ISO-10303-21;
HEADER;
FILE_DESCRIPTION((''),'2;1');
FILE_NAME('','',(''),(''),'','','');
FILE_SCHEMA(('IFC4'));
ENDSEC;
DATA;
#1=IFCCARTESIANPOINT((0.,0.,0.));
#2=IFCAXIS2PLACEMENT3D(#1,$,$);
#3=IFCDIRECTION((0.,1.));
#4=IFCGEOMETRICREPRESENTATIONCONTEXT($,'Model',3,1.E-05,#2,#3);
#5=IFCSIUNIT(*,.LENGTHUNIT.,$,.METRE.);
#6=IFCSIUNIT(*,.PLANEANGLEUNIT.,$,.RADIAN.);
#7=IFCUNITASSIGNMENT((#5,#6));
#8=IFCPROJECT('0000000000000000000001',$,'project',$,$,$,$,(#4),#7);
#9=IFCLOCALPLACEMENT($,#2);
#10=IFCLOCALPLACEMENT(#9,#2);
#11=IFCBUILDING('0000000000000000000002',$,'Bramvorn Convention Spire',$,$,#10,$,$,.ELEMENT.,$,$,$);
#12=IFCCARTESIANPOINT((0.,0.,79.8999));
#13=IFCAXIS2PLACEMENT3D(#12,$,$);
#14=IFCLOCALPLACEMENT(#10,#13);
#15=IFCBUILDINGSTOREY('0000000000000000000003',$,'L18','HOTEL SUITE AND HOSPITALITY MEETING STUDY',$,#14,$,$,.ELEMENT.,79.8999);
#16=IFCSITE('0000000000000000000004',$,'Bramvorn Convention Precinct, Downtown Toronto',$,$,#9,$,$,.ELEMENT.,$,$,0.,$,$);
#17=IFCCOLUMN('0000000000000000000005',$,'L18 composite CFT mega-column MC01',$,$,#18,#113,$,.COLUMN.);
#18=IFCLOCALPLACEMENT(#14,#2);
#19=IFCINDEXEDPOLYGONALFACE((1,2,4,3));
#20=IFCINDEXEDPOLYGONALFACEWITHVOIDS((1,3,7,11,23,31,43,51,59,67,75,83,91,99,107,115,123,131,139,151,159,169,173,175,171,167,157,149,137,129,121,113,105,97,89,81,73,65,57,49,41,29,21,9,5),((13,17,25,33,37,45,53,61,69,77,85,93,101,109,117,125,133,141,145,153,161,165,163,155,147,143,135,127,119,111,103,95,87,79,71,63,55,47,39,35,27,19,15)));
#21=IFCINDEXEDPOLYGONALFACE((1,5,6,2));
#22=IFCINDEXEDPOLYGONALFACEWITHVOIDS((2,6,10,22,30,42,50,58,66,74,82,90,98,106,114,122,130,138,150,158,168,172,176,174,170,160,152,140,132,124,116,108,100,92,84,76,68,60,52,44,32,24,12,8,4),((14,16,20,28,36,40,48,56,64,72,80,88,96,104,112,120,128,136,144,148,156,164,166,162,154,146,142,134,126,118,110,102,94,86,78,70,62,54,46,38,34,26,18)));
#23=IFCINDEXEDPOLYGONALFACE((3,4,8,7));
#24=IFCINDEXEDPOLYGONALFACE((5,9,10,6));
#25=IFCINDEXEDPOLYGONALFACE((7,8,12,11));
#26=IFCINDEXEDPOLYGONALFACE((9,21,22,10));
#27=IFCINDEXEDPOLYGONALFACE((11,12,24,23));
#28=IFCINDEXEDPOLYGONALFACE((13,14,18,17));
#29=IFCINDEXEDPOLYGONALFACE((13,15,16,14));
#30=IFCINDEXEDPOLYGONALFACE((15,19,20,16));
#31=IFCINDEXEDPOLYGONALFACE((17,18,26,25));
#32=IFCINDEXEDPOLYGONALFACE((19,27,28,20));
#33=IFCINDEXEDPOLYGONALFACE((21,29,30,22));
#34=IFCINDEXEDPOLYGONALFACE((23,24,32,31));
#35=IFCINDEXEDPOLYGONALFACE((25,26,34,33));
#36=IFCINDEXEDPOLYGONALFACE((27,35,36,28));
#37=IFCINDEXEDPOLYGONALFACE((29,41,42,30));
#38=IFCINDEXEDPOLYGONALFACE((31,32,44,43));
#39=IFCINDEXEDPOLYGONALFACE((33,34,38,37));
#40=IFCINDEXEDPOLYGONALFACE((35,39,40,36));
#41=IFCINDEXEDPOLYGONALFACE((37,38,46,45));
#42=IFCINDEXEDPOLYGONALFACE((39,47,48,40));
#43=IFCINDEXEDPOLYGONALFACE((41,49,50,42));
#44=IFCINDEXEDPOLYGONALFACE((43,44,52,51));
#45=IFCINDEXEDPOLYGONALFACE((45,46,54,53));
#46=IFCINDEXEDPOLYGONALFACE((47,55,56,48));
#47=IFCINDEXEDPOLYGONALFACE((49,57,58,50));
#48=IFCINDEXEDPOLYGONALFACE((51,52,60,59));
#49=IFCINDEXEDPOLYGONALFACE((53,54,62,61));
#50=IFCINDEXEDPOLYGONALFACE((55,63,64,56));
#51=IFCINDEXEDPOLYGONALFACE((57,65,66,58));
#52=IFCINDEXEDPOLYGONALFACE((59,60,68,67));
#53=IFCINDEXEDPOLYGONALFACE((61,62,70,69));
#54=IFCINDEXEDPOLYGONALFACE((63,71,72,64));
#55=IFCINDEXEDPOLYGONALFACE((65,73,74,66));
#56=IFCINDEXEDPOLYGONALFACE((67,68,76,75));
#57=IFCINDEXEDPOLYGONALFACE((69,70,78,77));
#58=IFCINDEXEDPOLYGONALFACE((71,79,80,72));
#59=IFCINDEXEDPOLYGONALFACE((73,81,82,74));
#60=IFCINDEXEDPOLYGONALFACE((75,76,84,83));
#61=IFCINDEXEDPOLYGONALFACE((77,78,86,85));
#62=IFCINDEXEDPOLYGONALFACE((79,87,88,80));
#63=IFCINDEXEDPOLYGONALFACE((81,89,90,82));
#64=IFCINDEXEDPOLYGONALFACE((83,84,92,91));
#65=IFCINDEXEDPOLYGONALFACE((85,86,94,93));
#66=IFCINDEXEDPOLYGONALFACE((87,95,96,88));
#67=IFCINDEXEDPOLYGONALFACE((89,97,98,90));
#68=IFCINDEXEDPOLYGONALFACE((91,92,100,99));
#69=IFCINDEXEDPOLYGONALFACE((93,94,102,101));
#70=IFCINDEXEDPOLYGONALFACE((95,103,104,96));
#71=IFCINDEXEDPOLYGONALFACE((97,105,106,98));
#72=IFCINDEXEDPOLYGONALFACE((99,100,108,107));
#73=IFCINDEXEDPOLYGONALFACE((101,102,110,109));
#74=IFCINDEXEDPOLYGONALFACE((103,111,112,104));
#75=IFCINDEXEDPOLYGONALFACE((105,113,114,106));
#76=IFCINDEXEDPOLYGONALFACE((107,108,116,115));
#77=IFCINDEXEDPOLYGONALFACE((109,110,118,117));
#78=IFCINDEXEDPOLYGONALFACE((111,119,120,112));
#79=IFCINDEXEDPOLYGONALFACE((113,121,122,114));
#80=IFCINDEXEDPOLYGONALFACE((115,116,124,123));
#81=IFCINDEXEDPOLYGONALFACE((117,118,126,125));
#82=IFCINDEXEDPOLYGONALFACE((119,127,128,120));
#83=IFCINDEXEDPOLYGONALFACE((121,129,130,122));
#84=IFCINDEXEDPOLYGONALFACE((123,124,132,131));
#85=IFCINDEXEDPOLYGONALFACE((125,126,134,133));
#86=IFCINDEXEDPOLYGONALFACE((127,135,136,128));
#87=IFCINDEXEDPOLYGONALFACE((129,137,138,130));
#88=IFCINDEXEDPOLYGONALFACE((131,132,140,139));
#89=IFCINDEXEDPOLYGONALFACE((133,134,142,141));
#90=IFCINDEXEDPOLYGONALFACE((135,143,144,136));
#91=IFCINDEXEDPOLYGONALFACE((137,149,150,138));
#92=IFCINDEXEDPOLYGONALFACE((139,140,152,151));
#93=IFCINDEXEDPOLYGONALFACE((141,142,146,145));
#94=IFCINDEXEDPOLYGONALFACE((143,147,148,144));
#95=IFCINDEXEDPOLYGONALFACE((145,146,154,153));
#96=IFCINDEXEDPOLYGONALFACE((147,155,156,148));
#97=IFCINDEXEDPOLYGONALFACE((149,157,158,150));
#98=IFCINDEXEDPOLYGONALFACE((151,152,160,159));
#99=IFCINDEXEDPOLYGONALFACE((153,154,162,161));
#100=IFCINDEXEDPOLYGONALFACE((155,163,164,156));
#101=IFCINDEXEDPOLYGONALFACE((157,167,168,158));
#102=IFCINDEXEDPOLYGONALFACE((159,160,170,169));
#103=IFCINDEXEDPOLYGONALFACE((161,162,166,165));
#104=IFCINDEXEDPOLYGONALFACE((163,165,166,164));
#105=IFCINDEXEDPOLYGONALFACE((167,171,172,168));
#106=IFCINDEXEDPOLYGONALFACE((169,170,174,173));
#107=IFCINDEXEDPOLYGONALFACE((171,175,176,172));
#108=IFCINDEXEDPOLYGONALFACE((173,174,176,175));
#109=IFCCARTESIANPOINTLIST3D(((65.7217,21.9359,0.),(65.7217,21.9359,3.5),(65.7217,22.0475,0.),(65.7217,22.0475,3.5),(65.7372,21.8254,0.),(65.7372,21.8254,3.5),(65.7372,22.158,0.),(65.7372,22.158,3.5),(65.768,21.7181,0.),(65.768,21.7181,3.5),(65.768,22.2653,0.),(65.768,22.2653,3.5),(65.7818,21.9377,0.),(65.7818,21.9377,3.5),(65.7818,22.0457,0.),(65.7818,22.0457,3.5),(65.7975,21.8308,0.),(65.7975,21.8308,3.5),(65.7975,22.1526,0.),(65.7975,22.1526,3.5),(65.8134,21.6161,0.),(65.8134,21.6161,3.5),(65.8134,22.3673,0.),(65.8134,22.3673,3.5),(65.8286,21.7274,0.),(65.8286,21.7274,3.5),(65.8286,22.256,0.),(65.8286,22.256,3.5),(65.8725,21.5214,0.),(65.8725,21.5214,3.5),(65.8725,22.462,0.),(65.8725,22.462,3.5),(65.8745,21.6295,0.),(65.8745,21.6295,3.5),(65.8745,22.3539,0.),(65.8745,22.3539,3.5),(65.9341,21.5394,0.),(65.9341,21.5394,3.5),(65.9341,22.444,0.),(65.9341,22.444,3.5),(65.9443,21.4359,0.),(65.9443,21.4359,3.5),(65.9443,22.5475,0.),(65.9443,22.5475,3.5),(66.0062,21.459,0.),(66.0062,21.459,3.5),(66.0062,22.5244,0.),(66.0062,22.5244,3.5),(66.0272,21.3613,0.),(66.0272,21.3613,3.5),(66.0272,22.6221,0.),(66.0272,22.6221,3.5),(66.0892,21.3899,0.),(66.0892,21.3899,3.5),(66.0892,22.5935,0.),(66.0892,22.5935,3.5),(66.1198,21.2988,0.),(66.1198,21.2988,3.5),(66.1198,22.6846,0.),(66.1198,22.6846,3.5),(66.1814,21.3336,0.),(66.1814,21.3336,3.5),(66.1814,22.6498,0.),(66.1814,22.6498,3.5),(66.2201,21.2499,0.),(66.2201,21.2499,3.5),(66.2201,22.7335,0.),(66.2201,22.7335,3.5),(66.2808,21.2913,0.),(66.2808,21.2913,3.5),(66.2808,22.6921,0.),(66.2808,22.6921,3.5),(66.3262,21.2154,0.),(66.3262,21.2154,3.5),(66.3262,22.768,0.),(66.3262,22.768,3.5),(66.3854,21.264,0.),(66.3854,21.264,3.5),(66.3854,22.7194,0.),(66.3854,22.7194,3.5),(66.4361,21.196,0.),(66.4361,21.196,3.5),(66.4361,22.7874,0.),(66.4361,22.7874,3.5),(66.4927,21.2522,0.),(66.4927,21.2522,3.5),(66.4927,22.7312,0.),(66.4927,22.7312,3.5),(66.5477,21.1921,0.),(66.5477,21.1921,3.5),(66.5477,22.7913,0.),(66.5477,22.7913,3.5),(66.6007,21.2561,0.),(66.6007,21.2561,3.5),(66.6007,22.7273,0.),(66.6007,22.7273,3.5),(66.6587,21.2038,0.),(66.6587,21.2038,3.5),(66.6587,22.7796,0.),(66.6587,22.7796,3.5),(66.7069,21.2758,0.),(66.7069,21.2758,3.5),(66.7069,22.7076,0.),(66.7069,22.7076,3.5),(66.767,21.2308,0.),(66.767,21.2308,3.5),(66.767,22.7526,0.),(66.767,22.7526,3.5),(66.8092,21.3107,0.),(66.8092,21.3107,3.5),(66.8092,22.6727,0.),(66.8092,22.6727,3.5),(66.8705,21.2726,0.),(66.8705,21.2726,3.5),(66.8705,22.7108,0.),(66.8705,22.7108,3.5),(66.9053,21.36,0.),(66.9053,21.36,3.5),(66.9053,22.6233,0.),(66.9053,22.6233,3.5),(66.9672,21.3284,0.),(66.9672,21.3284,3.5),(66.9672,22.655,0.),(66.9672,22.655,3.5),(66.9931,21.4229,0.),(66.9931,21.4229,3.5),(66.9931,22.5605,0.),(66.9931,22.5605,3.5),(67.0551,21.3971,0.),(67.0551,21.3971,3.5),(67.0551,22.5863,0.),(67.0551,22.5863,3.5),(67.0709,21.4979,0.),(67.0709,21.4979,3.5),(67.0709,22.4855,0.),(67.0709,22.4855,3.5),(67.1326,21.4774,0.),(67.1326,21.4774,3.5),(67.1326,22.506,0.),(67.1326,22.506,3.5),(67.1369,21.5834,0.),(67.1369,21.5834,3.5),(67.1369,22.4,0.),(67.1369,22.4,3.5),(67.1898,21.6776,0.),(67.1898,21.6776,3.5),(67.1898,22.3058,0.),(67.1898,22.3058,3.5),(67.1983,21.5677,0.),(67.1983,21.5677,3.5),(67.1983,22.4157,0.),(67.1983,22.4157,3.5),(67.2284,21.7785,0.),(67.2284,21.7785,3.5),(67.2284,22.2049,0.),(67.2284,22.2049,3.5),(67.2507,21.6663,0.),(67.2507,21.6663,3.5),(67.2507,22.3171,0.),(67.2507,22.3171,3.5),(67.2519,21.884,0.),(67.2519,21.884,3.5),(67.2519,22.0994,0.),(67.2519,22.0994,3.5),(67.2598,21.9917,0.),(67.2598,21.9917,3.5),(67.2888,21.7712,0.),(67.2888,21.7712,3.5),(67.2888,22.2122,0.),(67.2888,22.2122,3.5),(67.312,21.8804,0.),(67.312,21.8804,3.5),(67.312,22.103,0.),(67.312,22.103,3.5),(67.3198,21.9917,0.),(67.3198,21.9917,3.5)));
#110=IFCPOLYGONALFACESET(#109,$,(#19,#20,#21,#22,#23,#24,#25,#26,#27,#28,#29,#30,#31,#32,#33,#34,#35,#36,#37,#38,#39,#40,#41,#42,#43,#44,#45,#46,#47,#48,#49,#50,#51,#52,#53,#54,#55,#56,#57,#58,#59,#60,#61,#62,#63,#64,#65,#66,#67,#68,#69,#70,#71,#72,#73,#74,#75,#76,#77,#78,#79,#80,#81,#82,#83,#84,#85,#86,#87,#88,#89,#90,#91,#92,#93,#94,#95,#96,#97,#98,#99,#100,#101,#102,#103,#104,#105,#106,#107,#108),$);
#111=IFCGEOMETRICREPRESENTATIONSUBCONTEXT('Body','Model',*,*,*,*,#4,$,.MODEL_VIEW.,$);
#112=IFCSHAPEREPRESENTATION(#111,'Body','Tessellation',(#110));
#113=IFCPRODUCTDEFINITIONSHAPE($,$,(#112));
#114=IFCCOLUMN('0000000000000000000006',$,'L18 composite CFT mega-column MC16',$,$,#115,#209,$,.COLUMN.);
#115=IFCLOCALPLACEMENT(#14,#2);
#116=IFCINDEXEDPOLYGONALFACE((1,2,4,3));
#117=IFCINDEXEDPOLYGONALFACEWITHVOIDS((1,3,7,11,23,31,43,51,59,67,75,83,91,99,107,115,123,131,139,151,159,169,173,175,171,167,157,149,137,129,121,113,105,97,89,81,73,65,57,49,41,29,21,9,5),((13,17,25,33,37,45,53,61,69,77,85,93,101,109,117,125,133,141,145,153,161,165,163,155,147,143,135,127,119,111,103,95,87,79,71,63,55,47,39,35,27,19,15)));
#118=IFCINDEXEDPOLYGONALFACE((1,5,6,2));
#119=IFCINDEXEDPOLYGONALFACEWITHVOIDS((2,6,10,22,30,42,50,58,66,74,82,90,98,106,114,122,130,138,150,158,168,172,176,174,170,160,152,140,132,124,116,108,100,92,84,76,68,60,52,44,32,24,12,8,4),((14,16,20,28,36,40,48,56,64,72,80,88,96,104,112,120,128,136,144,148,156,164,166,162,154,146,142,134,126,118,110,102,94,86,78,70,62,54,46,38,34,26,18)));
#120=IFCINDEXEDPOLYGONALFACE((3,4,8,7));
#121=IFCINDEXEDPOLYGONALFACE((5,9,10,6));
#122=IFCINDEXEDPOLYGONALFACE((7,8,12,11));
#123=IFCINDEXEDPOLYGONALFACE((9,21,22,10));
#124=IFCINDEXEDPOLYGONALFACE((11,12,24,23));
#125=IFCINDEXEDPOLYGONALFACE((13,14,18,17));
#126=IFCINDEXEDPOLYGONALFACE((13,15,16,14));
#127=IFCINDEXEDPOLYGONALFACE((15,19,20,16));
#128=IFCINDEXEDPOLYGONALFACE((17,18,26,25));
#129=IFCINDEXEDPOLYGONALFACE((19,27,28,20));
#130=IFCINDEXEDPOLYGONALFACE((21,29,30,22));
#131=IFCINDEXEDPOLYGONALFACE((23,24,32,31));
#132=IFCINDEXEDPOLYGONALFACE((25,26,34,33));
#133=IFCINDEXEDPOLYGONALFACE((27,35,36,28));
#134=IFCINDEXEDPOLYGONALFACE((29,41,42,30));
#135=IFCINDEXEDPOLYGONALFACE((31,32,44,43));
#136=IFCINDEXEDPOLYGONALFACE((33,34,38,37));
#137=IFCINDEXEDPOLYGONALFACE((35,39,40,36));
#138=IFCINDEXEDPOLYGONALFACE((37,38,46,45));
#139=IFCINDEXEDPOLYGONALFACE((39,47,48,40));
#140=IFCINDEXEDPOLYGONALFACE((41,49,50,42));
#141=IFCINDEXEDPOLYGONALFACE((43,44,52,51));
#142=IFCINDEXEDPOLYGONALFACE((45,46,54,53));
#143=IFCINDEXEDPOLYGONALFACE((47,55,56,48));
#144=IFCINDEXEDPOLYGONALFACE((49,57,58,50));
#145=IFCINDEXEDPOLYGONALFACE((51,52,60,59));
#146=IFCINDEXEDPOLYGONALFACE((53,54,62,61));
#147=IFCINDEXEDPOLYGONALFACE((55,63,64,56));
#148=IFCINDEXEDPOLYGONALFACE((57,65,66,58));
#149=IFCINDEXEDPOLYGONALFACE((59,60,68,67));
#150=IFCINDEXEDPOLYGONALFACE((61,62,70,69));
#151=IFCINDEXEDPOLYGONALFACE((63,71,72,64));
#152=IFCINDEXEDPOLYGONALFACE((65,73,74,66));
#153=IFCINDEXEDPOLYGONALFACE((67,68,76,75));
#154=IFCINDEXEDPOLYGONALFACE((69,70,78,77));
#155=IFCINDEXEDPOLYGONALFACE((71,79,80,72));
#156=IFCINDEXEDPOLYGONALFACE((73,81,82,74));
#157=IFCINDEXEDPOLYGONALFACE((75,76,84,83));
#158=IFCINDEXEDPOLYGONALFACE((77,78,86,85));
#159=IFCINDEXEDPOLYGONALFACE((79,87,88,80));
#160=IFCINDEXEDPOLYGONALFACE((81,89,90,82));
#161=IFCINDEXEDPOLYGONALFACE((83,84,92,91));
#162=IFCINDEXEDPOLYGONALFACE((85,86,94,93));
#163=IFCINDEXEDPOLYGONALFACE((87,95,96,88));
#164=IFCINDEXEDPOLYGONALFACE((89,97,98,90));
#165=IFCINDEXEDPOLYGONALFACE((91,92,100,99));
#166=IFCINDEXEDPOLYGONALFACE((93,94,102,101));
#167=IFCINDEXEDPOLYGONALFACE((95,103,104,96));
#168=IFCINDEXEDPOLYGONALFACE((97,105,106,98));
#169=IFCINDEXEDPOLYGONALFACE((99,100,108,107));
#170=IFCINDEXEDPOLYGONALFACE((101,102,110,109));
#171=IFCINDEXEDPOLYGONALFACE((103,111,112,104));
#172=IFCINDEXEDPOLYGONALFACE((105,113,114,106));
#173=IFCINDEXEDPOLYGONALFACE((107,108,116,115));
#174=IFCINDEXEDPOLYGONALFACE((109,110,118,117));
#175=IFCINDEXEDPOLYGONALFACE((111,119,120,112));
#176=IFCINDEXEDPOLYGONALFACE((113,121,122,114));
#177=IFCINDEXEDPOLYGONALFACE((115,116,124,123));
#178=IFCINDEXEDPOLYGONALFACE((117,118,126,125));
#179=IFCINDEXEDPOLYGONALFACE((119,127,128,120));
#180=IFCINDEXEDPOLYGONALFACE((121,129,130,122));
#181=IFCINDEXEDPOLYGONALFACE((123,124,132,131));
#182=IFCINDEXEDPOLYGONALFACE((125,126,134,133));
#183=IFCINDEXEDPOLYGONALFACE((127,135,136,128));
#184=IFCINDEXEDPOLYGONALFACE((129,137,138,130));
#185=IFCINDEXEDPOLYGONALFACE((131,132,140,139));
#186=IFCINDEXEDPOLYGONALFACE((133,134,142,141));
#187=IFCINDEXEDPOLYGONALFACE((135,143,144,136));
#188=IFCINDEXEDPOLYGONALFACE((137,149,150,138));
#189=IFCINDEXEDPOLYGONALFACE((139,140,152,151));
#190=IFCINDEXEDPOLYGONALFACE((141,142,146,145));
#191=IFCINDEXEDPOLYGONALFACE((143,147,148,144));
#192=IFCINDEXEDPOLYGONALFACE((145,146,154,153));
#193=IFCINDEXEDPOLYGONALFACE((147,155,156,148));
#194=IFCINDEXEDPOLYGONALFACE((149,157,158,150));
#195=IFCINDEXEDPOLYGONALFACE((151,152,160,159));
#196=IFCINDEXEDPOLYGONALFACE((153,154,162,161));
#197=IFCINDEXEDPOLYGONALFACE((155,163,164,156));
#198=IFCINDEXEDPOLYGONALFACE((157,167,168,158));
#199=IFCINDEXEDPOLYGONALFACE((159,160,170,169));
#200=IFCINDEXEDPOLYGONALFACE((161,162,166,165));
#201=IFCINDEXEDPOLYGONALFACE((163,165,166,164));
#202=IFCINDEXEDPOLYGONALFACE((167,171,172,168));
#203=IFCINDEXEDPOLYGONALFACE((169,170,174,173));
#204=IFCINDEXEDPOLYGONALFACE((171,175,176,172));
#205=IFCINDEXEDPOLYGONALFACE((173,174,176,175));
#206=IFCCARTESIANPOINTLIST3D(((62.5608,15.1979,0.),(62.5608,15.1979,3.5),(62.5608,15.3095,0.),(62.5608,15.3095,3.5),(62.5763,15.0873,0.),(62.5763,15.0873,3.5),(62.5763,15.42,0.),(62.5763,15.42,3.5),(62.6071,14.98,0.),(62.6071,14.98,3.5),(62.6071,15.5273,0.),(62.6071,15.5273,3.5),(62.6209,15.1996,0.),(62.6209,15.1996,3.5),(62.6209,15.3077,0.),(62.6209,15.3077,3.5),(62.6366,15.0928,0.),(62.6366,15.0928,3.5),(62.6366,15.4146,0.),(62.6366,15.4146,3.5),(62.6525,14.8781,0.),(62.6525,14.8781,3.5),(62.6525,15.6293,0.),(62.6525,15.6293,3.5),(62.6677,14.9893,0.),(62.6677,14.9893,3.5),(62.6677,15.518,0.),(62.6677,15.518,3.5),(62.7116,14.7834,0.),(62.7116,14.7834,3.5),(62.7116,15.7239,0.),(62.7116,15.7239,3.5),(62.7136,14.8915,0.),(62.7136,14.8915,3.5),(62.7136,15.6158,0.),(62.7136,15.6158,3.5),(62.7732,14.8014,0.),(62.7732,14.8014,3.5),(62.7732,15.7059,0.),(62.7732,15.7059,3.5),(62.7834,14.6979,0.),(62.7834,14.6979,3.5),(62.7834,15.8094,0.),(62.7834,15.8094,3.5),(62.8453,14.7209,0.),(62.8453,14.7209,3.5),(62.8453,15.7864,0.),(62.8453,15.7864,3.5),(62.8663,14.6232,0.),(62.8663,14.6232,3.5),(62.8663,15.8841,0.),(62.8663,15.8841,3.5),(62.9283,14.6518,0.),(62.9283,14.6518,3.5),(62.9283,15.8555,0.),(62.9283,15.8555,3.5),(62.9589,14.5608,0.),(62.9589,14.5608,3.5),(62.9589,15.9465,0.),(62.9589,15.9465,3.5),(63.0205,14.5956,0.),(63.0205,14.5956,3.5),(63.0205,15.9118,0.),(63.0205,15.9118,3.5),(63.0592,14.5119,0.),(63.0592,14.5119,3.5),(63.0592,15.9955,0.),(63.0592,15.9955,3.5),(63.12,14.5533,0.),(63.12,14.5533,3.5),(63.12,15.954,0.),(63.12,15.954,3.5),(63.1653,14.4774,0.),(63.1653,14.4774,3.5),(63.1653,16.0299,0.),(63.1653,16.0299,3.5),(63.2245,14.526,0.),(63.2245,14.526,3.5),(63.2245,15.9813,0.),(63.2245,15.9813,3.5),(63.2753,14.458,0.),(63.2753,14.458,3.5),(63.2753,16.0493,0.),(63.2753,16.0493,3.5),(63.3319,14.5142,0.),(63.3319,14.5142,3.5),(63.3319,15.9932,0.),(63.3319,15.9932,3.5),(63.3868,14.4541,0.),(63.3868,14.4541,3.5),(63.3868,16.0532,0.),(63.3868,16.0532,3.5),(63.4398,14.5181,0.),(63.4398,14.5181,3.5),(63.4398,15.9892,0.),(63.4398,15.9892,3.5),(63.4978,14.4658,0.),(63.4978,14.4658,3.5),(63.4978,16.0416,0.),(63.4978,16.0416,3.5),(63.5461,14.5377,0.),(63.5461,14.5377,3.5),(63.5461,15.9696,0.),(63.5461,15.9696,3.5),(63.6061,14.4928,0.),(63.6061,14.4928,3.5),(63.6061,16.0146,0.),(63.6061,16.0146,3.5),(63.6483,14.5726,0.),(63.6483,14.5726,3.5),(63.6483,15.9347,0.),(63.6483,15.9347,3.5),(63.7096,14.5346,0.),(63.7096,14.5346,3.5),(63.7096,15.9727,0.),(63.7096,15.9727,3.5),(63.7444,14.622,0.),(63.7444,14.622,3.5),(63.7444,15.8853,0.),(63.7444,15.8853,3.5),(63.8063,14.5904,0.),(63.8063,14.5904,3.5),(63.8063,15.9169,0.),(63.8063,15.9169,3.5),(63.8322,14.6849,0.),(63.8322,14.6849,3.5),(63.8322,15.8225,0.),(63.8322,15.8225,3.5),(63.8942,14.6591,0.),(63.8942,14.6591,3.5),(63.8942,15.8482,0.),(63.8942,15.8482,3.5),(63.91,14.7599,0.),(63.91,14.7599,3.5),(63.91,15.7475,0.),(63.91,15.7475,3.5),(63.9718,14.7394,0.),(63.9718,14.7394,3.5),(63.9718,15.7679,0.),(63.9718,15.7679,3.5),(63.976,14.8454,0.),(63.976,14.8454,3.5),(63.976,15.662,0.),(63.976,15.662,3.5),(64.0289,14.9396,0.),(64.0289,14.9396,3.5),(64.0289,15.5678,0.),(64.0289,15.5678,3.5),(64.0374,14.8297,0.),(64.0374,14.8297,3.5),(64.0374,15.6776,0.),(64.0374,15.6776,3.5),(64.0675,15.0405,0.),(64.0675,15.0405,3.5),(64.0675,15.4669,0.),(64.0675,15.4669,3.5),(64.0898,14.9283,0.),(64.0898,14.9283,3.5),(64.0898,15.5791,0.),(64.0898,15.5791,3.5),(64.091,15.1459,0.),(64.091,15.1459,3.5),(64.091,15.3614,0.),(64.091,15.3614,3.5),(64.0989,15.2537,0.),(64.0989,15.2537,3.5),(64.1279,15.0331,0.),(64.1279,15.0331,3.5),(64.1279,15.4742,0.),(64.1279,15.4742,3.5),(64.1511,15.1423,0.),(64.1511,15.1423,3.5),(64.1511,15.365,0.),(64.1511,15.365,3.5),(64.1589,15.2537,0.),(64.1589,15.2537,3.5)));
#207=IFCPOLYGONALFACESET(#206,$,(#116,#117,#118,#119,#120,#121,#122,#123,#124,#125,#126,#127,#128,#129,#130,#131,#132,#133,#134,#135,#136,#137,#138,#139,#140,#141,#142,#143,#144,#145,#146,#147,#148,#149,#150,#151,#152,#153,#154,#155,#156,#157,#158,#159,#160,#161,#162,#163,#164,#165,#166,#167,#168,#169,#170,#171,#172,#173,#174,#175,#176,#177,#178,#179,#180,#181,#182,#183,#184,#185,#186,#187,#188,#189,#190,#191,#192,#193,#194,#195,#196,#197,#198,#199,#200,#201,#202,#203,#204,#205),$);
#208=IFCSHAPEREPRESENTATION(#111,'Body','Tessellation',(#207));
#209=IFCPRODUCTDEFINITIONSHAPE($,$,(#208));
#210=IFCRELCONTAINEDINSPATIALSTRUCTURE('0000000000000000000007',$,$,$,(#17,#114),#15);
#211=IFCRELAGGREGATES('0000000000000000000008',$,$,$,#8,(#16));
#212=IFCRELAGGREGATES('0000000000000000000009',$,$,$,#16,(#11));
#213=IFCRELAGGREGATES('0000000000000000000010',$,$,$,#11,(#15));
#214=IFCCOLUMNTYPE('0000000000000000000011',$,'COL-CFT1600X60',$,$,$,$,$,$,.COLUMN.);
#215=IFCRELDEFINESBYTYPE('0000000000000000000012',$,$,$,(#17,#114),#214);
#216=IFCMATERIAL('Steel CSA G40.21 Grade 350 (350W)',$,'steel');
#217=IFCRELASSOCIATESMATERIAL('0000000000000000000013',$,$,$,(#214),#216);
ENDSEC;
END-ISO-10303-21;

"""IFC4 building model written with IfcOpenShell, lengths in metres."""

from ifc_helpers import new_model, si_unit, direction, frame, origin, origin_2d, place, context, subcontext, project, spatial, hollow_circle, extrude, material, material_profile, profile_set, type_object, element, save


model = new_model("IFC4")

# Units and contexts
model_context = context("Model", 3, precision=1e-05, world=origin(), true_north=direction((0.0, 1.0)))
body_context = subcontext(model_context, "Body", "Model", "MODEL_VIEW")
ifc_project = project(units=[si_unit("LENGTHUNIT", "METRE"), si_unit("PLANEANGLEUNIT", "RADIAN")], contexts=[model_context])

# Site, building, storey
site_placement = place(None, origin())
site = spatial("IfcSite", under=ifc_project, at=site_placement, Name="Bramvorn Convention Precinct, Downtown Toronto", CompositionType="ELEMENT", RefElevation=0.0)
building_placement = place(site_placement, origin())
building = spatial("IfcBuilding", under=site, at=building_placement, Name="Bramvorn Convention Spire", CompositionType="ELEMENT")
storey_placement = place(building_placement, frame((0.0, 0.0, 79.8999)))
storey = spatial("IfcBuildingStorey", under=building, at=storey_placement, Name="L18", Description="HOTEL SUITE AND HOSPITALITY MEETING STUDY", CompositionType="ELEMENT", Elevation=79.8999)

# Columns
ifc_material_1 = material(Name="Steel CSA G40.21 Grade 350 (350W)", Category="steel")
ifc_material_profile_1 = material_profile(ifc_material_1, hollow_circle(Radius=0.8, WallThickness=0.0601, at=origin_2d()))
ifc_profile_set_1 = profile_set([ifc_material_profile_1], Name="Steel CSA G40.21 Grade 350 (350W) - CFT1600X60")
column_type = type_object("IfcColumnType", Name="COL-CFT1600X60", PredefinedType="COLUMN", material=ifc_profile_set_1)
for number, where, z_axis, x_axis, name in (
    (1, (66.5198, 21.9917, 0.0), (0.0, 0.0, 1.0), (1.0, 0.0, 0.0), "L18 composite CFT mega-column MC01"),
    (2, (63.3589, 15.2537, 0.0), (0.0, 0.0, 1.0), (1.0, 0.0, 0.0), "L18 composite CFT mega-column MC16"),
):
    element("IfcColumn", number, at=place(storey_placement, frame(where, z_axis=z_axis, x_axis=x_axis)), inside=storey, type_object=column_type, Name=name, PredefinedType="COLUMN", context=body_context, shape_type="SweptSolid", body=[
        extrude(hollow_circle(Radius=0.8, WallThickness=0.0601, at=origin_2d()), origin(), (0.0, 0.0, 1.0), 3.5),
    ])

save(model, "model.ifc")
